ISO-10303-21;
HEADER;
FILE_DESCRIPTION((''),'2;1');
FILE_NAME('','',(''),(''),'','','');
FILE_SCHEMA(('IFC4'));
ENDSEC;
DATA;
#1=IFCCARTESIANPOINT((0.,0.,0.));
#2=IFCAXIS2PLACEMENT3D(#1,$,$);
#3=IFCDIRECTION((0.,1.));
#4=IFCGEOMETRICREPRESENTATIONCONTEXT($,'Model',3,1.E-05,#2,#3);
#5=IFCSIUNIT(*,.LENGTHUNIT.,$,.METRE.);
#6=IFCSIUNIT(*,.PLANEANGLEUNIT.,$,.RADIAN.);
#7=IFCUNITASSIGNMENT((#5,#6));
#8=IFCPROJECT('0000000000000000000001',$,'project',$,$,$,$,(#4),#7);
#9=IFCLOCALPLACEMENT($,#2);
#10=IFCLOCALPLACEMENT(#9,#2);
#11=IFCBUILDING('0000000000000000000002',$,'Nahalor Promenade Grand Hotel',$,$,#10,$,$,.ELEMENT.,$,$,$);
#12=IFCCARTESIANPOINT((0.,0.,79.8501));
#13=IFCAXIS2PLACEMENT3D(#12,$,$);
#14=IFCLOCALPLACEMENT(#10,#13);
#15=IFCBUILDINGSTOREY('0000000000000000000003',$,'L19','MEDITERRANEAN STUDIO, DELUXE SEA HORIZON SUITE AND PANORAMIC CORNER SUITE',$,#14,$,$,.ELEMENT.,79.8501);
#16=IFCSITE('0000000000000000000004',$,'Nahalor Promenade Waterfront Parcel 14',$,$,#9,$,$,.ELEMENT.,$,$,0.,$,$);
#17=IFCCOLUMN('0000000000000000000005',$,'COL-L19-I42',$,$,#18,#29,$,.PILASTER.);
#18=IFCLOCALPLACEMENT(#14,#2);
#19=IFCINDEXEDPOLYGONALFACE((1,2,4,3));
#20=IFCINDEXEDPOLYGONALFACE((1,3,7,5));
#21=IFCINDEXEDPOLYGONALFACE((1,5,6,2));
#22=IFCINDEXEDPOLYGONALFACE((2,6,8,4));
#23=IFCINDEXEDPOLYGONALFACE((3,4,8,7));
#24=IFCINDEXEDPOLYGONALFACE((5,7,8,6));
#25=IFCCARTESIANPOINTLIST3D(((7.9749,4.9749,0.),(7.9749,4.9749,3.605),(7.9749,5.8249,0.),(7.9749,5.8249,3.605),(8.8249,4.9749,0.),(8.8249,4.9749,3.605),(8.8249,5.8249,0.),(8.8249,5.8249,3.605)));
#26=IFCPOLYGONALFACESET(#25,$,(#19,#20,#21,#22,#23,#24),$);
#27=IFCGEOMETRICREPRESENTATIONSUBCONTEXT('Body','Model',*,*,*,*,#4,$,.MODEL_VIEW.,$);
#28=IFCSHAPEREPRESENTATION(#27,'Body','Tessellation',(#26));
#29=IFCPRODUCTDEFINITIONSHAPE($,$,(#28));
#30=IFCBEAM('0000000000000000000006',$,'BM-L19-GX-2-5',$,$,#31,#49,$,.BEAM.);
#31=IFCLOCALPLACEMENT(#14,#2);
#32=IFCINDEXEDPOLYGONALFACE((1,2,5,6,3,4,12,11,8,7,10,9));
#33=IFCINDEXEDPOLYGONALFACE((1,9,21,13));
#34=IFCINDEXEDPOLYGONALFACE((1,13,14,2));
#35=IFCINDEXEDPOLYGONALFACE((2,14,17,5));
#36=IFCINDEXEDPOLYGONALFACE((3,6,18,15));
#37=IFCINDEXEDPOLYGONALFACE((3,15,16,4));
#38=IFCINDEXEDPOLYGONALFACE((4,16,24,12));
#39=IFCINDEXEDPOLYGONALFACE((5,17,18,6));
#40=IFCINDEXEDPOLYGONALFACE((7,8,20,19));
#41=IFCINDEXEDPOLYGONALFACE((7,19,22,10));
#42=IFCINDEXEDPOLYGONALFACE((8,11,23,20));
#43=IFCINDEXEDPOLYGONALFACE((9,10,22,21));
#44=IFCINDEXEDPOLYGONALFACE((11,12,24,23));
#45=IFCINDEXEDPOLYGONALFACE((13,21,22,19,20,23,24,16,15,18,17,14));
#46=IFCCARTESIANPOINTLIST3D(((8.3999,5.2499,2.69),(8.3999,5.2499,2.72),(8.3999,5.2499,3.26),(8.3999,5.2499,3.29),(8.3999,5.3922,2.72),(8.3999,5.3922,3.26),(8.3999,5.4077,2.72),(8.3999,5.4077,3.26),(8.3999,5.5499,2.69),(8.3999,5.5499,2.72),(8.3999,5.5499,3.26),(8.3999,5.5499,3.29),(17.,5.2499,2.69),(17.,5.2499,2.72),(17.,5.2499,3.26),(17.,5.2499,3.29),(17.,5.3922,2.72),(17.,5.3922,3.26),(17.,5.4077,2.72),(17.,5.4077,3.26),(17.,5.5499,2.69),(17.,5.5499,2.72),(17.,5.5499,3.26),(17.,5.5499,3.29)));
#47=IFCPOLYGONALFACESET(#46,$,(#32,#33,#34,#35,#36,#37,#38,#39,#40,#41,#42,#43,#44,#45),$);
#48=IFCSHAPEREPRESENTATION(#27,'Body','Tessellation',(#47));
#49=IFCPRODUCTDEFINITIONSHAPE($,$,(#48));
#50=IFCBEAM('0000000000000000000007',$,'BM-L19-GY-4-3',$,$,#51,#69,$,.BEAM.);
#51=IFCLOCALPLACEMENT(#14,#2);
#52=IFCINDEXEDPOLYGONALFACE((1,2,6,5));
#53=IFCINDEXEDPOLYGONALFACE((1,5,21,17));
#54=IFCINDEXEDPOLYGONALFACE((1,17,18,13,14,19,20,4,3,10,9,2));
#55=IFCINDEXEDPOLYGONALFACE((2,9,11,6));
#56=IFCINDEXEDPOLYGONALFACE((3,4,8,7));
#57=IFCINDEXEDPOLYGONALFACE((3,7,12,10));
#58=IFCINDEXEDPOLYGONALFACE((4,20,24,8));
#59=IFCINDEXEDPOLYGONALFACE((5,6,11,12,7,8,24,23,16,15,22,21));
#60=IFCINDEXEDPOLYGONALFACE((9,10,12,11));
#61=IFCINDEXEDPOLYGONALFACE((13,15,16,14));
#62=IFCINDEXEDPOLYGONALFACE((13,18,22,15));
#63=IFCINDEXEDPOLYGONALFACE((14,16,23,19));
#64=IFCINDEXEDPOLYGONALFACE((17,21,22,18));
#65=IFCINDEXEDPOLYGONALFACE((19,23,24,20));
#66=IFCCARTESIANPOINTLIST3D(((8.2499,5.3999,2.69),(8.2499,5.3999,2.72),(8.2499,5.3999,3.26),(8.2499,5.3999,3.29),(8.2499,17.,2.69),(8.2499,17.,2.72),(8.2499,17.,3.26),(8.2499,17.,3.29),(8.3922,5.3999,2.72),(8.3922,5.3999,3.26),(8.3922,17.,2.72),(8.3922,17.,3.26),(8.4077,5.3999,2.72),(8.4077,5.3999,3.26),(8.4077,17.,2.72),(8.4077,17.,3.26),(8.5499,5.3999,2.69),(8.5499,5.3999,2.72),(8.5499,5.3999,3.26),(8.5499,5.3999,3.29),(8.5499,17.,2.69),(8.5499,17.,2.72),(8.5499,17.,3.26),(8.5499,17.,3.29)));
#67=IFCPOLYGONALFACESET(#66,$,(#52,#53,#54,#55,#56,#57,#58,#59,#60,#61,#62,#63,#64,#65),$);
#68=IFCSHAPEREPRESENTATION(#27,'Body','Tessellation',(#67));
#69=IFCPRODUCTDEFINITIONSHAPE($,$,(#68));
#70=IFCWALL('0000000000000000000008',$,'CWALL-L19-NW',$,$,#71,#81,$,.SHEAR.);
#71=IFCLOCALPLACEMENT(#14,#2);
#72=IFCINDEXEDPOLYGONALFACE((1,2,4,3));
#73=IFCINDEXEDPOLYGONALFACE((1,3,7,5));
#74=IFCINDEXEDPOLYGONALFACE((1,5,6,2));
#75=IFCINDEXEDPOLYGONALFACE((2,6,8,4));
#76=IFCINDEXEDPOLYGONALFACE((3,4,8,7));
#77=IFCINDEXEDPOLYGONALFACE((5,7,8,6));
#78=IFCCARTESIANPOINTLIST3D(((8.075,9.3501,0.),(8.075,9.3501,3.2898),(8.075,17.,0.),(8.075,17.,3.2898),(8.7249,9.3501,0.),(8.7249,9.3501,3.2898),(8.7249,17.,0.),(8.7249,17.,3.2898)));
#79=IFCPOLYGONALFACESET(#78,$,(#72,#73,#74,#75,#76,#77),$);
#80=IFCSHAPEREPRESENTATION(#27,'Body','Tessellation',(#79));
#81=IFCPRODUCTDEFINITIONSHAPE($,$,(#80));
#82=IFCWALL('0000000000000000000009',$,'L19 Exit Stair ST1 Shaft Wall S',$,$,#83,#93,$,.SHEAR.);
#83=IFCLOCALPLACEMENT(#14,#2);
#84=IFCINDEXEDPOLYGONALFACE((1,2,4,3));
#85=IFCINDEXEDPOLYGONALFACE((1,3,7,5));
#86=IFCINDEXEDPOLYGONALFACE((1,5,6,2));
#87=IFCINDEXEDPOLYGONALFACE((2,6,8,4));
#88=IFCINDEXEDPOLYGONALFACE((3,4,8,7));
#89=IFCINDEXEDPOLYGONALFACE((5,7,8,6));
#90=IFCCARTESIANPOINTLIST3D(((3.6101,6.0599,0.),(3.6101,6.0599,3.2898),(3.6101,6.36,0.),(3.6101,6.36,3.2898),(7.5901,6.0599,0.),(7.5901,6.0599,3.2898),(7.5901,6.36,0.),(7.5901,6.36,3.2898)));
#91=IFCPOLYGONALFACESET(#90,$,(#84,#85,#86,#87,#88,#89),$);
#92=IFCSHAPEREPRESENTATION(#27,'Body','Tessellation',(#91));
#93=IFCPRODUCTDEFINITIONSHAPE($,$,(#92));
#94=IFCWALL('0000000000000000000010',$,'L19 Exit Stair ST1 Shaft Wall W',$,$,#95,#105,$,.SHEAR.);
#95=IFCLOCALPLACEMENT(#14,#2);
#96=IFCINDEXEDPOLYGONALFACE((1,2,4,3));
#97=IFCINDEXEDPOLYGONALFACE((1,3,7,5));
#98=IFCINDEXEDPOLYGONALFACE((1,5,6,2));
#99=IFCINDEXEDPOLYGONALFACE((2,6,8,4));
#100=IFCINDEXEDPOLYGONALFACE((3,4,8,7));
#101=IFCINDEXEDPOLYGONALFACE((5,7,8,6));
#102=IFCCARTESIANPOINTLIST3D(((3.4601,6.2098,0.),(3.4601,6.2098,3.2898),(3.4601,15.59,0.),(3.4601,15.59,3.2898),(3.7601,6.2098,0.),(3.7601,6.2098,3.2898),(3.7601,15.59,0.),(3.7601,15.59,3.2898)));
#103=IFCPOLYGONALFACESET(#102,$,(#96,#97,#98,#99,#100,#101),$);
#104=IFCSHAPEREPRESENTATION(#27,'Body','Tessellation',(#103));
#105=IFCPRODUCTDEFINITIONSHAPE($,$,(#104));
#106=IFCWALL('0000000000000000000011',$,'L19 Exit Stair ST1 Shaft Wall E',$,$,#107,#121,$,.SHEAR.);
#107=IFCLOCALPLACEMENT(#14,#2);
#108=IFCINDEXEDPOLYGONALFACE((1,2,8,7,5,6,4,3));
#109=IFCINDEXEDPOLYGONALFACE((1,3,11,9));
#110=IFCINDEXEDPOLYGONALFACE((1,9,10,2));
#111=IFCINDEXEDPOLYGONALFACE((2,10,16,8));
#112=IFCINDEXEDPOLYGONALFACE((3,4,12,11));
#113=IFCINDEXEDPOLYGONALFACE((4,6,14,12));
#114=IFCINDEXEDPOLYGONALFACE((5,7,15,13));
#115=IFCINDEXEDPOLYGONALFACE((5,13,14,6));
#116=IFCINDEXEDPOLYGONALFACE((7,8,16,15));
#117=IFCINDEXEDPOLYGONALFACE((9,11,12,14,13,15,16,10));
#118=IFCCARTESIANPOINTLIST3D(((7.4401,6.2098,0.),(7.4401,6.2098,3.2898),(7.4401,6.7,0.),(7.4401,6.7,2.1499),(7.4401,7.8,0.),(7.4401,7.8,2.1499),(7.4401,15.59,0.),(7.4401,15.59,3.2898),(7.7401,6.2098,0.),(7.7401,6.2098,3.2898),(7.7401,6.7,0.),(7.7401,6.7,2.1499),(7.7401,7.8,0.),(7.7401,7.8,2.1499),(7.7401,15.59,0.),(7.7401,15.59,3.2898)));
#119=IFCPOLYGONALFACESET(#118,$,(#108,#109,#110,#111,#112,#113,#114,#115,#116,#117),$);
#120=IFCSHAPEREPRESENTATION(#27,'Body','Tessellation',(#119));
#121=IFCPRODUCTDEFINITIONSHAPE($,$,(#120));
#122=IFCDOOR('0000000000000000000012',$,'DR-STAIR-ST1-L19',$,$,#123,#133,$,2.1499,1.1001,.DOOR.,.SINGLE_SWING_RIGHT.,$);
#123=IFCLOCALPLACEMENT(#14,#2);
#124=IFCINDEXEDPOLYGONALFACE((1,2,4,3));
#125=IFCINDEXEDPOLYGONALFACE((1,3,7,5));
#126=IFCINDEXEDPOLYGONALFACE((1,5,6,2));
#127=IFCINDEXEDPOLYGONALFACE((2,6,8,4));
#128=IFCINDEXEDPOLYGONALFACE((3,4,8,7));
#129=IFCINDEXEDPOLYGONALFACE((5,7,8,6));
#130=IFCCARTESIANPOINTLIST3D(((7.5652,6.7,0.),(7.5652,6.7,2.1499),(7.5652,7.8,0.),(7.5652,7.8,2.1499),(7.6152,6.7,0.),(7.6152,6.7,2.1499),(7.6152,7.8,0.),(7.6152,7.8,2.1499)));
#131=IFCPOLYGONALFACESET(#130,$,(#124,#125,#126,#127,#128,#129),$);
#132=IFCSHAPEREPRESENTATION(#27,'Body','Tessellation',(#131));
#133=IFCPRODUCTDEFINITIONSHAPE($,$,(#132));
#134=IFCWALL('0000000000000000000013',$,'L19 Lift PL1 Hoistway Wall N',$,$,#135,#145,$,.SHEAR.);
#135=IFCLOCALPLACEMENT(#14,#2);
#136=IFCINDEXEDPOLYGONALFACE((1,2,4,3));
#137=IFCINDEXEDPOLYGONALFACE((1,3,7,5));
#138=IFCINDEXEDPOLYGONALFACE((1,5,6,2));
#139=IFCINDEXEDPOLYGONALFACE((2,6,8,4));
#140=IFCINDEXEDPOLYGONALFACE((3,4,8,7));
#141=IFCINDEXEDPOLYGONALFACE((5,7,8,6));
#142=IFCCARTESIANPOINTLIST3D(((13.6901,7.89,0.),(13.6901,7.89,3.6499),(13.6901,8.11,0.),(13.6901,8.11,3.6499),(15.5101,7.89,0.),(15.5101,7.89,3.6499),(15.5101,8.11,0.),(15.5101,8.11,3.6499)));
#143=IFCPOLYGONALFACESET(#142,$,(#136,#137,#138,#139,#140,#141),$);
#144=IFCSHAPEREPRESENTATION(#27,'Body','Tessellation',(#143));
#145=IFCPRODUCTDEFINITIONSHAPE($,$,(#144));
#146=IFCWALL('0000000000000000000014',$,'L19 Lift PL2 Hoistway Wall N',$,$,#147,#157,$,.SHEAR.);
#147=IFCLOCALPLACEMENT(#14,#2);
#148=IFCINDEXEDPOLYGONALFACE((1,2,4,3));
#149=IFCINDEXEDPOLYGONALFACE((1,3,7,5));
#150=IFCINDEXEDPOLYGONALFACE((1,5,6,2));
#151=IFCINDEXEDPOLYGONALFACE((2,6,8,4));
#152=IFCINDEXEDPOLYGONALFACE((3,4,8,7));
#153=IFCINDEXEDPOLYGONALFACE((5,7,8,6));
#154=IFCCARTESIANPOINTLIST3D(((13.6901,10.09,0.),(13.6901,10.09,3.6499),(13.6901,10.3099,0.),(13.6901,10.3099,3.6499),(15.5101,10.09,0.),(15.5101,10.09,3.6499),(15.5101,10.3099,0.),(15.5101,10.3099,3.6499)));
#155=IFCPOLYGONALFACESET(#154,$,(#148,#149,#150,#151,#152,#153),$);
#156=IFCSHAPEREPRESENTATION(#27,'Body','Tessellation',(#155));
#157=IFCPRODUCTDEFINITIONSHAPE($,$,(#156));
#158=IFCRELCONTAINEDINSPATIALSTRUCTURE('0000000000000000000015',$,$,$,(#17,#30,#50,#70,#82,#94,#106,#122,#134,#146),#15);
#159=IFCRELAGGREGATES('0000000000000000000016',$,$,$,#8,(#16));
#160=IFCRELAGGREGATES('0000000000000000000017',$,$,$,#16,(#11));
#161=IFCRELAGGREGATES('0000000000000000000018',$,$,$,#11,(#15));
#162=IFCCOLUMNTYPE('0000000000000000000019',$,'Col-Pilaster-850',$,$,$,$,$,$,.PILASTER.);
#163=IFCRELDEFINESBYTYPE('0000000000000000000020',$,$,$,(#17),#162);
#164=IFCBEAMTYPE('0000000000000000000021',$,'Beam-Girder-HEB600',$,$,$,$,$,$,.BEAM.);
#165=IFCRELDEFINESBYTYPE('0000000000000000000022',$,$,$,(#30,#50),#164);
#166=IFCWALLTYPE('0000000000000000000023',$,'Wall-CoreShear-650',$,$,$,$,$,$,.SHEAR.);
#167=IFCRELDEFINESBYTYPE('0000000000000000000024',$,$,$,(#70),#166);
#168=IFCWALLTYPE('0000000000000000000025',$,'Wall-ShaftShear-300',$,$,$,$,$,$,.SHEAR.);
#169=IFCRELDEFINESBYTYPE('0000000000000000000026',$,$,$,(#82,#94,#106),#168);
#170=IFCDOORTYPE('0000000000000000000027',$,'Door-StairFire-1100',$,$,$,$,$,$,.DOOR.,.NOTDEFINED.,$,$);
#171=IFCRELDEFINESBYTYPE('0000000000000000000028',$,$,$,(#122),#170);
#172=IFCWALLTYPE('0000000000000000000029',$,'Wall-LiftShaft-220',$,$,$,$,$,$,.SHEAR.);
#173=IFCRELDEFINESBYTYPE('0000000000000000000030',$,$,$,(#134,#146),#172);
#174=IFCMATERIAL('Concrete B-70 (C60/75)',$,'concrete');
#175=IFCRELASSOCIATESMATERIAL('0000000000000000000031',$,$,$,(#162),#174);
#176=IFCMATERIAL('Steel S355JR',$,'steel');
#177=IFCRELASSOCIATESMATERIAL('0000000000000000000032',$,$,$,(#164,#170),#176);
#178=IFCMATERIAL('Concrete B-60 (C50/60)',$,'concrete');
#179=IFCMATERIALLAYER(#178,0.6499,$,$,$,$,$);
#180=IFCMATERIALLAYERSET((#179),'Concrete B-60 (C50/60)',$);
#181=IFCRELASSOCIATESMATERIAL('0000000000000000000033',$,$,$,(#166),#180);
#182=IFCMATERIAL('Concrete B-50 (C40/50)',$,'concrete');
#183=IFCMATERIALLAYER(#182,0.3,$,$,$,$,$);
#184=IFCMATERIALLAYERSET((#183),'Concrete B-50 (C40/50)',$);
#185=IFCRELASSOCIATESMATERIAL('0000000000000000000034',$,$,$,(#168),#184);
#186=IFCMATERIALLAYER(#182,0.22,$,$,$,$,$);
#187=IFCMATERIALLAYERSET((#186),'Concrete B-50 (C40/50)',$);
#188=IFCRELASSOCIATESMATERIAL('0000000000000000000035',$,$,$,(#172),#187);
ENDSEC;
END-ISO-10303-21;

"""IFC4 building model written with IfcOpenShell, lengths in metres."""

from ifc_helpers import new_model, si_unit, direction, frame, frame_2d, origin, origin_2d, place, context, subcontext, project, spatial, rectangle, i_section, extrude, source, transform, mapped, material, layer, layer_set, material_profile, profile_set, type_object, element, fill, save


model = new_model("IFC4")

# Units and contexts
model_context = context("Model", 3, precision=1e-05, world=origin(), true_north=direction((0.0, 1.0)))
body_context = subcontext(model_context, "Body", "Model", "MODEL_VIEW")
ifc_project = project(units=[si_unit("LENGTHUNIT", "METRE"), si_unit("PLANEANGLEUNIT", "RADIAN")], contexts=[model_context])

# Site, building, storey
site_placement = place(None, origin())
site = spatial("IfcSite", under=ifc_project, at=site_placement, Name="Nahalor Promenade Waterfront Parcel 14", CompositionType="ELEMENT", RefElevation=0.0)
building_placement = place(site_placement, origin())
building = spatial("IfcBuilding", under=site, at=building_placement, Name="Nahalor Promenade Grand Hotel", CompositionType="ELEMENT")
storey_placement = place(building_placement, frame((0.0, 0.0, 79.8501)))
storey = spatial("IfcBuildingStorey", under=building, at=storey_placement, Name="L19", Description="MEDITERRANEAN STUDIO, DELUXE SEA HORIZON SUITE AND PANORAMIC CORNER SUITE", CompositionType="ELEMENT", Elevation=79.8501)

# Column
ifc_material_1 = material(Name="Concrete B-70 (C60/75)", Category="concrete")
ifc_material_profile_1 = material_profile(ifc_material_1, rectangle(XDim=0.85, YDim=0.85, at=origin_2d()), Name="RC 850x850")
ifc_profile_set_1 = profile_set([ifc_material_profile_1], Name="Concrete B-70 (C60/75)")
column_type = type_object("IfcColumnType", Name="Col-Pilaster-850", PredefinedType="PILASTER", material=ifc_profile_set_1)
shared_shape_1 = source(origin(), body_context, "Body", "SweptSolid", [
    extrude(rectangle(XDim=0.85, YDim=0.85, at=origin_2d()), origin(), (0.0, 0.0, 1.0), 3.605),
])
column_placement = place(storey_placement, frame((8.3999, 5.3999, 0.0), z_axis=(0.0, 0.0, 1.0), x_axis=(1.0, 0.0, 0.0)))
element("IfcColumn", 1, at=column_placement, inside=storey, type_object=column_type, Name="COL-L19-I42", PredefinedType="PILASTER", context=body_context, shape_type="MappedRepresentation", body=[
    mapped(shared_shape_1, transform((0.0, 0.0, 0.0), scale=1.0)),
])

# Beams
ifc_material_2 = material(Name="Steel S355JR", Category="steel")
ifc_material_profile_2 = material_profile(ifc_material_2, i_section(OverallWidth=0.3, OverallDepth=0.6, WebThickness=0.0155, FlangeThickness=0.03, at=origin_2d()), Name="HEB 600")
ifc_profile_set_2 = profile_set([ifc_material_profile_2], Name="Steel S355JR")
beam_type = type_object("IfcBeamType", Name="Beam-Girder-HEB600", PredefinedType="BEAM", material=ifc_profile_set_2)
shared_shape_2 = source(origin(), body_context, "Body", "SweptSolid", [
    extrude(i_section(OverallWidth=0.3, OverallDepth=0.6, WebThickness=0.0155, FlangeThickness=0.03, at=origin_2d()), origin(), (0.0, 0.0, 1.0), 8.6001),
])
beam_1_placement = place(storey_placement, frame((8.3999, 5.3999, 2.99), z_axis=(1.0, 0.0, 0.0), x_axis=(0.0, 1.0, 0.0)))
element("IfcBeam", 2, at=beam_1_placement, inside=storey, type_object=beam_type, Name="BM-L19-GX-2-5", PredefinedType="BEAM", context=body_context, shape_type="MappedRepresentation", body=[
    mapped(shared_shape_2, transform((0.0, 0.0, 0.0), scale=1.0)),
])
shared_shape_3 = source(origin(), body_context, "Body", "SweptSolid", [
    extrude(i_section(OverallWidth=0.3, OverallDepth=0.6, WebThickness=0.0155, FlangeThickness=0.03, at=origin_2d()), origin(), (0.0, 0.0, 1.0), 11.6001),
])
beam_2_placement = place(storey_placement, frame((8.3999, 5.3999, 2.99), z_axis=(0.0, 1.0, 0.0), x_axis=(-1.0, 0.0, 0.0)))
element("IfcBeam", 3, at=beam_2_placement, inside=storey, type_object=beam_type, Name="BM-L19-GY-4-3", PredefinedType="BEAM", context=body_context, shape_type="MappedRepresentation", body=[
    mapped(shared_shape_3, transform((0.0, 0.0, 0.0), scale=1.0)),
])

# Walls
ifc_material_3 = material(Name="Concrete B-60 (C50/60)", Category="concrete")
ifc_layer_1 = layer(ifc_material_3, 0.6499)
ifc_layer_set_1 = layer_set([ifc_layer_1], Name="Concrete B-60 (C50/60)")
wall_type_1 = type_object("IfcWallType", Name="Wall-CoreShear-650", PredefinedType="SHEAR", material=ifc_layer_set_1)
shared_shape_4 = source(origin(), body_context, "Body", "SweptSolid", [
    extrude(rectangle(XDim=7.6499, YDim=0.6499, at=frame_2d((3.825, 0.0))), origin(), (0.0, 0.0, 1.0), 3.2898),
])
wall_1_placement = place(storey_placement, frame((8.3999, 9.3501, 0.0), z_axis=(0.0, 0.0, 1.0), x_axis=(0.0, 1.0, 0.0)))
element("IfcWall", 4, at=wall_1_placement, inside=storey, type_object=wall_type_1, Name="CWALL-L19-NW", PredefinedType="SHEAR", context=body_context, shape_type="MappedRepresentation", body=[
    mapped(shared_shape_4, transform((0.0, 0.0, 0.0), scale=1.0)),
])
ifc_material_4 = material(Name="Concrete B-50 (C40/50)", Category="concrete")
ifc_layer_2 = layer(ifc_material_4, 0.3)
ifc_layer_set_2 = layer_set([ifc_layer_2], Name="Concrete B-50 (C40/50)")
wall_type_2 = type_object("IfcWallType", Name="Wall-ShaftShear-300", PredefinedType="SHEAR", material=ifc_layer_set_2)
shared_shape_5 = source(origin(), body_context, "Body", "SweptSolid", [
    extrude(rectangle(XDim=3.98, YDim=0.3, at=frame_2d((1.99, 0.0))), origin(), (0.0, 0.0, 1.0), 3.2898),
])
wall_2_placement = place(storey_placement, frame((3.6101, 6.21, 0.0), z_axis=(0.0, 0.0, 1.0), x_axis=(1.0, 0.0, 0.0)))
element("IfcWall", 5, at=wall_2_placement, inside=storey, type_object=wall_type_2, Name="L19 Exit Stair ST1 Shaft Wall S", PredefinedType="SHEAR", context=body_context, shape_type="MappedRepresentation", body=[
    mapped(shared_shape_5, transform((0.0, 0.0, 0.0), scale=1.0)),
])
shared_shape_6 = source(origin(), body_context, "Body", "SweptSolid", [
    extrude(rectangle(XDim=9.3801, YDim=0.3, at=frame_2d((4.6899, 0.0))), origin(), (0.0, 0.0, 1.0), 3.2898),
])
wall_3_placement = place(storey_placement, frame((3.6101, 6.21, 0.0), z_axis=(0.0, 0.0, 1.0), x_axis=(0.0, 1.0, 0.0)))
element("IfcWall", 6, at=wall_3_placement, inside=storey, type_object=wall_type_2, Name="L19 Exit Stair ST1 Shaft Wall W", PredefinedType="SHEAR", context=body_context, shape_type="MappedRepresentation", body=[
    mapped(shared_shape_6, transform((0.0, 0.0, 0.0), scale=1.0)),
])

# Wall, opening, door
wall_4_placement = place(storey_placement, frame((7.5901, 6.21, 0.0), z_axis=(0.0, 0.0, 1.0), x_axis=(0.0, 1.0, 0.0)))
wall_4 = element("IfcWall", 7, at=wall_4_placement, inside=storey, type_object=wall_type_2, Name="L19 Exit Stair ST1 Shaft Wall E", PredefinedType="SHEAR", context=body_context, shape_type="MappedRepresentation", body=[
    mapped(shared_shape_6, transform((0.0, 0.0, 0.0), scale=1.0)),
])
opening_1_placement = place(wall_4_placement, frame((0.49, 0.0, 0.0)))
opening_1 = element("IfcOpeningElement", 8, at=opening_1_placement, cuts=wall_4, PredefinedType="OPENING", context=body_context, shape_type="SweptSolid", body=[
    extrude(rectangle(XDim=1.1001, YDim=2.1499, at=frame_2d((0.55, 1.075))), frame((0.0, 0.1599, 0.0), z_axis=(0.0, -1.0, 0.0), x_axis=(1.0, 0.0, 0.0)), (0.0, 0.0, 1.0), 0.3201),
])
door_type_1 = type_object("IfcDoorType", Name="Door-StairFire-1100", OperationType="NOTDEFINED", PredefinedType="DOOR", material=ifc_material_2)
shared_shape_7 = source(origin(), body_context, "Body", "SweptSolid", [
    extrude(rectangle(XDim=1.1001, YDim=2.1499, at=frame_2d((0.55, 1.075))), frame((0.0, 0.0249, 0.0), z_axis=(0.0, -1.0, 0.0), x_axis=(1.0, 0.0, 0.0)), (0.0, 0.0, 1.0), 0.05),
])
door_1_placement = place(opening_1_placement, origin())
door_1 = element("IfcDoor", 9, at=door_1_placement, inside=storey, type_object=door_type_1, Name="DR-STAIR-ST1-L19", OperationType="SINGLE_SWING_RIGHT", OverallHeight=2.1499, OverallWidth=1.1001, PredefinedType="DOOR", context=body_context, shape_type="MappedRepresentation", body=[
    mapped(shared_shape_7, transform((0.0, 0.0, 0.0), scale=1.0)),
])
fill(opening_1, door_1)

# Walls
ifc_layer_3 = layer(ifc_material_4, 0.22)
ifc_layer_set_3 = layer_set([ifc_layer_3], Name="Concrete B-50 (C40/50)")
wall_type_3 = type_object("IfcWallType", Name="Wall-LiftShaft-220", PredefinedType="SHEAR", material=ifc_layer_set_3)
shared_shape_8 = source(origin(), body_context, "Body", "SweptSolid", [
    extrude(rectangle(XDim=1.8201, YDim=0.22, at=frame_2d((0.9102, 0.0))), origin(), (0.0, 0.0, 1.0), 3.6499),
])
for number, where, z_axis, x_axis, name in (
    (10, (13.6899, 8.0, 0.0), (0.0, 0.0, 1.0), (1.0, 0.0, 0.0), "L19 Lift PL1 Hoistway Wall N"),
    (11, (13.6899, 10.2, 0.0), (0.0, 0.0, 1.0), (1.0, 0.0, 0.0), "L19 Lift PL2 Hoistway Wall N"),
):
    element("IfcWall", number, at=place(storey_placement, frame(where, z_axis=z_axis, x_axis=x_axis)), inside=storey, type_object=wall_type_3, Name=name, PredefinedType="SHEAR", context=body_context, shape_type="MappedRepresentation", body=[
        mapped(shared_shape_8, transform((0.0, 0.0, 0.0), scale=1.0)),
    ])

save(model, "model.ifc")
